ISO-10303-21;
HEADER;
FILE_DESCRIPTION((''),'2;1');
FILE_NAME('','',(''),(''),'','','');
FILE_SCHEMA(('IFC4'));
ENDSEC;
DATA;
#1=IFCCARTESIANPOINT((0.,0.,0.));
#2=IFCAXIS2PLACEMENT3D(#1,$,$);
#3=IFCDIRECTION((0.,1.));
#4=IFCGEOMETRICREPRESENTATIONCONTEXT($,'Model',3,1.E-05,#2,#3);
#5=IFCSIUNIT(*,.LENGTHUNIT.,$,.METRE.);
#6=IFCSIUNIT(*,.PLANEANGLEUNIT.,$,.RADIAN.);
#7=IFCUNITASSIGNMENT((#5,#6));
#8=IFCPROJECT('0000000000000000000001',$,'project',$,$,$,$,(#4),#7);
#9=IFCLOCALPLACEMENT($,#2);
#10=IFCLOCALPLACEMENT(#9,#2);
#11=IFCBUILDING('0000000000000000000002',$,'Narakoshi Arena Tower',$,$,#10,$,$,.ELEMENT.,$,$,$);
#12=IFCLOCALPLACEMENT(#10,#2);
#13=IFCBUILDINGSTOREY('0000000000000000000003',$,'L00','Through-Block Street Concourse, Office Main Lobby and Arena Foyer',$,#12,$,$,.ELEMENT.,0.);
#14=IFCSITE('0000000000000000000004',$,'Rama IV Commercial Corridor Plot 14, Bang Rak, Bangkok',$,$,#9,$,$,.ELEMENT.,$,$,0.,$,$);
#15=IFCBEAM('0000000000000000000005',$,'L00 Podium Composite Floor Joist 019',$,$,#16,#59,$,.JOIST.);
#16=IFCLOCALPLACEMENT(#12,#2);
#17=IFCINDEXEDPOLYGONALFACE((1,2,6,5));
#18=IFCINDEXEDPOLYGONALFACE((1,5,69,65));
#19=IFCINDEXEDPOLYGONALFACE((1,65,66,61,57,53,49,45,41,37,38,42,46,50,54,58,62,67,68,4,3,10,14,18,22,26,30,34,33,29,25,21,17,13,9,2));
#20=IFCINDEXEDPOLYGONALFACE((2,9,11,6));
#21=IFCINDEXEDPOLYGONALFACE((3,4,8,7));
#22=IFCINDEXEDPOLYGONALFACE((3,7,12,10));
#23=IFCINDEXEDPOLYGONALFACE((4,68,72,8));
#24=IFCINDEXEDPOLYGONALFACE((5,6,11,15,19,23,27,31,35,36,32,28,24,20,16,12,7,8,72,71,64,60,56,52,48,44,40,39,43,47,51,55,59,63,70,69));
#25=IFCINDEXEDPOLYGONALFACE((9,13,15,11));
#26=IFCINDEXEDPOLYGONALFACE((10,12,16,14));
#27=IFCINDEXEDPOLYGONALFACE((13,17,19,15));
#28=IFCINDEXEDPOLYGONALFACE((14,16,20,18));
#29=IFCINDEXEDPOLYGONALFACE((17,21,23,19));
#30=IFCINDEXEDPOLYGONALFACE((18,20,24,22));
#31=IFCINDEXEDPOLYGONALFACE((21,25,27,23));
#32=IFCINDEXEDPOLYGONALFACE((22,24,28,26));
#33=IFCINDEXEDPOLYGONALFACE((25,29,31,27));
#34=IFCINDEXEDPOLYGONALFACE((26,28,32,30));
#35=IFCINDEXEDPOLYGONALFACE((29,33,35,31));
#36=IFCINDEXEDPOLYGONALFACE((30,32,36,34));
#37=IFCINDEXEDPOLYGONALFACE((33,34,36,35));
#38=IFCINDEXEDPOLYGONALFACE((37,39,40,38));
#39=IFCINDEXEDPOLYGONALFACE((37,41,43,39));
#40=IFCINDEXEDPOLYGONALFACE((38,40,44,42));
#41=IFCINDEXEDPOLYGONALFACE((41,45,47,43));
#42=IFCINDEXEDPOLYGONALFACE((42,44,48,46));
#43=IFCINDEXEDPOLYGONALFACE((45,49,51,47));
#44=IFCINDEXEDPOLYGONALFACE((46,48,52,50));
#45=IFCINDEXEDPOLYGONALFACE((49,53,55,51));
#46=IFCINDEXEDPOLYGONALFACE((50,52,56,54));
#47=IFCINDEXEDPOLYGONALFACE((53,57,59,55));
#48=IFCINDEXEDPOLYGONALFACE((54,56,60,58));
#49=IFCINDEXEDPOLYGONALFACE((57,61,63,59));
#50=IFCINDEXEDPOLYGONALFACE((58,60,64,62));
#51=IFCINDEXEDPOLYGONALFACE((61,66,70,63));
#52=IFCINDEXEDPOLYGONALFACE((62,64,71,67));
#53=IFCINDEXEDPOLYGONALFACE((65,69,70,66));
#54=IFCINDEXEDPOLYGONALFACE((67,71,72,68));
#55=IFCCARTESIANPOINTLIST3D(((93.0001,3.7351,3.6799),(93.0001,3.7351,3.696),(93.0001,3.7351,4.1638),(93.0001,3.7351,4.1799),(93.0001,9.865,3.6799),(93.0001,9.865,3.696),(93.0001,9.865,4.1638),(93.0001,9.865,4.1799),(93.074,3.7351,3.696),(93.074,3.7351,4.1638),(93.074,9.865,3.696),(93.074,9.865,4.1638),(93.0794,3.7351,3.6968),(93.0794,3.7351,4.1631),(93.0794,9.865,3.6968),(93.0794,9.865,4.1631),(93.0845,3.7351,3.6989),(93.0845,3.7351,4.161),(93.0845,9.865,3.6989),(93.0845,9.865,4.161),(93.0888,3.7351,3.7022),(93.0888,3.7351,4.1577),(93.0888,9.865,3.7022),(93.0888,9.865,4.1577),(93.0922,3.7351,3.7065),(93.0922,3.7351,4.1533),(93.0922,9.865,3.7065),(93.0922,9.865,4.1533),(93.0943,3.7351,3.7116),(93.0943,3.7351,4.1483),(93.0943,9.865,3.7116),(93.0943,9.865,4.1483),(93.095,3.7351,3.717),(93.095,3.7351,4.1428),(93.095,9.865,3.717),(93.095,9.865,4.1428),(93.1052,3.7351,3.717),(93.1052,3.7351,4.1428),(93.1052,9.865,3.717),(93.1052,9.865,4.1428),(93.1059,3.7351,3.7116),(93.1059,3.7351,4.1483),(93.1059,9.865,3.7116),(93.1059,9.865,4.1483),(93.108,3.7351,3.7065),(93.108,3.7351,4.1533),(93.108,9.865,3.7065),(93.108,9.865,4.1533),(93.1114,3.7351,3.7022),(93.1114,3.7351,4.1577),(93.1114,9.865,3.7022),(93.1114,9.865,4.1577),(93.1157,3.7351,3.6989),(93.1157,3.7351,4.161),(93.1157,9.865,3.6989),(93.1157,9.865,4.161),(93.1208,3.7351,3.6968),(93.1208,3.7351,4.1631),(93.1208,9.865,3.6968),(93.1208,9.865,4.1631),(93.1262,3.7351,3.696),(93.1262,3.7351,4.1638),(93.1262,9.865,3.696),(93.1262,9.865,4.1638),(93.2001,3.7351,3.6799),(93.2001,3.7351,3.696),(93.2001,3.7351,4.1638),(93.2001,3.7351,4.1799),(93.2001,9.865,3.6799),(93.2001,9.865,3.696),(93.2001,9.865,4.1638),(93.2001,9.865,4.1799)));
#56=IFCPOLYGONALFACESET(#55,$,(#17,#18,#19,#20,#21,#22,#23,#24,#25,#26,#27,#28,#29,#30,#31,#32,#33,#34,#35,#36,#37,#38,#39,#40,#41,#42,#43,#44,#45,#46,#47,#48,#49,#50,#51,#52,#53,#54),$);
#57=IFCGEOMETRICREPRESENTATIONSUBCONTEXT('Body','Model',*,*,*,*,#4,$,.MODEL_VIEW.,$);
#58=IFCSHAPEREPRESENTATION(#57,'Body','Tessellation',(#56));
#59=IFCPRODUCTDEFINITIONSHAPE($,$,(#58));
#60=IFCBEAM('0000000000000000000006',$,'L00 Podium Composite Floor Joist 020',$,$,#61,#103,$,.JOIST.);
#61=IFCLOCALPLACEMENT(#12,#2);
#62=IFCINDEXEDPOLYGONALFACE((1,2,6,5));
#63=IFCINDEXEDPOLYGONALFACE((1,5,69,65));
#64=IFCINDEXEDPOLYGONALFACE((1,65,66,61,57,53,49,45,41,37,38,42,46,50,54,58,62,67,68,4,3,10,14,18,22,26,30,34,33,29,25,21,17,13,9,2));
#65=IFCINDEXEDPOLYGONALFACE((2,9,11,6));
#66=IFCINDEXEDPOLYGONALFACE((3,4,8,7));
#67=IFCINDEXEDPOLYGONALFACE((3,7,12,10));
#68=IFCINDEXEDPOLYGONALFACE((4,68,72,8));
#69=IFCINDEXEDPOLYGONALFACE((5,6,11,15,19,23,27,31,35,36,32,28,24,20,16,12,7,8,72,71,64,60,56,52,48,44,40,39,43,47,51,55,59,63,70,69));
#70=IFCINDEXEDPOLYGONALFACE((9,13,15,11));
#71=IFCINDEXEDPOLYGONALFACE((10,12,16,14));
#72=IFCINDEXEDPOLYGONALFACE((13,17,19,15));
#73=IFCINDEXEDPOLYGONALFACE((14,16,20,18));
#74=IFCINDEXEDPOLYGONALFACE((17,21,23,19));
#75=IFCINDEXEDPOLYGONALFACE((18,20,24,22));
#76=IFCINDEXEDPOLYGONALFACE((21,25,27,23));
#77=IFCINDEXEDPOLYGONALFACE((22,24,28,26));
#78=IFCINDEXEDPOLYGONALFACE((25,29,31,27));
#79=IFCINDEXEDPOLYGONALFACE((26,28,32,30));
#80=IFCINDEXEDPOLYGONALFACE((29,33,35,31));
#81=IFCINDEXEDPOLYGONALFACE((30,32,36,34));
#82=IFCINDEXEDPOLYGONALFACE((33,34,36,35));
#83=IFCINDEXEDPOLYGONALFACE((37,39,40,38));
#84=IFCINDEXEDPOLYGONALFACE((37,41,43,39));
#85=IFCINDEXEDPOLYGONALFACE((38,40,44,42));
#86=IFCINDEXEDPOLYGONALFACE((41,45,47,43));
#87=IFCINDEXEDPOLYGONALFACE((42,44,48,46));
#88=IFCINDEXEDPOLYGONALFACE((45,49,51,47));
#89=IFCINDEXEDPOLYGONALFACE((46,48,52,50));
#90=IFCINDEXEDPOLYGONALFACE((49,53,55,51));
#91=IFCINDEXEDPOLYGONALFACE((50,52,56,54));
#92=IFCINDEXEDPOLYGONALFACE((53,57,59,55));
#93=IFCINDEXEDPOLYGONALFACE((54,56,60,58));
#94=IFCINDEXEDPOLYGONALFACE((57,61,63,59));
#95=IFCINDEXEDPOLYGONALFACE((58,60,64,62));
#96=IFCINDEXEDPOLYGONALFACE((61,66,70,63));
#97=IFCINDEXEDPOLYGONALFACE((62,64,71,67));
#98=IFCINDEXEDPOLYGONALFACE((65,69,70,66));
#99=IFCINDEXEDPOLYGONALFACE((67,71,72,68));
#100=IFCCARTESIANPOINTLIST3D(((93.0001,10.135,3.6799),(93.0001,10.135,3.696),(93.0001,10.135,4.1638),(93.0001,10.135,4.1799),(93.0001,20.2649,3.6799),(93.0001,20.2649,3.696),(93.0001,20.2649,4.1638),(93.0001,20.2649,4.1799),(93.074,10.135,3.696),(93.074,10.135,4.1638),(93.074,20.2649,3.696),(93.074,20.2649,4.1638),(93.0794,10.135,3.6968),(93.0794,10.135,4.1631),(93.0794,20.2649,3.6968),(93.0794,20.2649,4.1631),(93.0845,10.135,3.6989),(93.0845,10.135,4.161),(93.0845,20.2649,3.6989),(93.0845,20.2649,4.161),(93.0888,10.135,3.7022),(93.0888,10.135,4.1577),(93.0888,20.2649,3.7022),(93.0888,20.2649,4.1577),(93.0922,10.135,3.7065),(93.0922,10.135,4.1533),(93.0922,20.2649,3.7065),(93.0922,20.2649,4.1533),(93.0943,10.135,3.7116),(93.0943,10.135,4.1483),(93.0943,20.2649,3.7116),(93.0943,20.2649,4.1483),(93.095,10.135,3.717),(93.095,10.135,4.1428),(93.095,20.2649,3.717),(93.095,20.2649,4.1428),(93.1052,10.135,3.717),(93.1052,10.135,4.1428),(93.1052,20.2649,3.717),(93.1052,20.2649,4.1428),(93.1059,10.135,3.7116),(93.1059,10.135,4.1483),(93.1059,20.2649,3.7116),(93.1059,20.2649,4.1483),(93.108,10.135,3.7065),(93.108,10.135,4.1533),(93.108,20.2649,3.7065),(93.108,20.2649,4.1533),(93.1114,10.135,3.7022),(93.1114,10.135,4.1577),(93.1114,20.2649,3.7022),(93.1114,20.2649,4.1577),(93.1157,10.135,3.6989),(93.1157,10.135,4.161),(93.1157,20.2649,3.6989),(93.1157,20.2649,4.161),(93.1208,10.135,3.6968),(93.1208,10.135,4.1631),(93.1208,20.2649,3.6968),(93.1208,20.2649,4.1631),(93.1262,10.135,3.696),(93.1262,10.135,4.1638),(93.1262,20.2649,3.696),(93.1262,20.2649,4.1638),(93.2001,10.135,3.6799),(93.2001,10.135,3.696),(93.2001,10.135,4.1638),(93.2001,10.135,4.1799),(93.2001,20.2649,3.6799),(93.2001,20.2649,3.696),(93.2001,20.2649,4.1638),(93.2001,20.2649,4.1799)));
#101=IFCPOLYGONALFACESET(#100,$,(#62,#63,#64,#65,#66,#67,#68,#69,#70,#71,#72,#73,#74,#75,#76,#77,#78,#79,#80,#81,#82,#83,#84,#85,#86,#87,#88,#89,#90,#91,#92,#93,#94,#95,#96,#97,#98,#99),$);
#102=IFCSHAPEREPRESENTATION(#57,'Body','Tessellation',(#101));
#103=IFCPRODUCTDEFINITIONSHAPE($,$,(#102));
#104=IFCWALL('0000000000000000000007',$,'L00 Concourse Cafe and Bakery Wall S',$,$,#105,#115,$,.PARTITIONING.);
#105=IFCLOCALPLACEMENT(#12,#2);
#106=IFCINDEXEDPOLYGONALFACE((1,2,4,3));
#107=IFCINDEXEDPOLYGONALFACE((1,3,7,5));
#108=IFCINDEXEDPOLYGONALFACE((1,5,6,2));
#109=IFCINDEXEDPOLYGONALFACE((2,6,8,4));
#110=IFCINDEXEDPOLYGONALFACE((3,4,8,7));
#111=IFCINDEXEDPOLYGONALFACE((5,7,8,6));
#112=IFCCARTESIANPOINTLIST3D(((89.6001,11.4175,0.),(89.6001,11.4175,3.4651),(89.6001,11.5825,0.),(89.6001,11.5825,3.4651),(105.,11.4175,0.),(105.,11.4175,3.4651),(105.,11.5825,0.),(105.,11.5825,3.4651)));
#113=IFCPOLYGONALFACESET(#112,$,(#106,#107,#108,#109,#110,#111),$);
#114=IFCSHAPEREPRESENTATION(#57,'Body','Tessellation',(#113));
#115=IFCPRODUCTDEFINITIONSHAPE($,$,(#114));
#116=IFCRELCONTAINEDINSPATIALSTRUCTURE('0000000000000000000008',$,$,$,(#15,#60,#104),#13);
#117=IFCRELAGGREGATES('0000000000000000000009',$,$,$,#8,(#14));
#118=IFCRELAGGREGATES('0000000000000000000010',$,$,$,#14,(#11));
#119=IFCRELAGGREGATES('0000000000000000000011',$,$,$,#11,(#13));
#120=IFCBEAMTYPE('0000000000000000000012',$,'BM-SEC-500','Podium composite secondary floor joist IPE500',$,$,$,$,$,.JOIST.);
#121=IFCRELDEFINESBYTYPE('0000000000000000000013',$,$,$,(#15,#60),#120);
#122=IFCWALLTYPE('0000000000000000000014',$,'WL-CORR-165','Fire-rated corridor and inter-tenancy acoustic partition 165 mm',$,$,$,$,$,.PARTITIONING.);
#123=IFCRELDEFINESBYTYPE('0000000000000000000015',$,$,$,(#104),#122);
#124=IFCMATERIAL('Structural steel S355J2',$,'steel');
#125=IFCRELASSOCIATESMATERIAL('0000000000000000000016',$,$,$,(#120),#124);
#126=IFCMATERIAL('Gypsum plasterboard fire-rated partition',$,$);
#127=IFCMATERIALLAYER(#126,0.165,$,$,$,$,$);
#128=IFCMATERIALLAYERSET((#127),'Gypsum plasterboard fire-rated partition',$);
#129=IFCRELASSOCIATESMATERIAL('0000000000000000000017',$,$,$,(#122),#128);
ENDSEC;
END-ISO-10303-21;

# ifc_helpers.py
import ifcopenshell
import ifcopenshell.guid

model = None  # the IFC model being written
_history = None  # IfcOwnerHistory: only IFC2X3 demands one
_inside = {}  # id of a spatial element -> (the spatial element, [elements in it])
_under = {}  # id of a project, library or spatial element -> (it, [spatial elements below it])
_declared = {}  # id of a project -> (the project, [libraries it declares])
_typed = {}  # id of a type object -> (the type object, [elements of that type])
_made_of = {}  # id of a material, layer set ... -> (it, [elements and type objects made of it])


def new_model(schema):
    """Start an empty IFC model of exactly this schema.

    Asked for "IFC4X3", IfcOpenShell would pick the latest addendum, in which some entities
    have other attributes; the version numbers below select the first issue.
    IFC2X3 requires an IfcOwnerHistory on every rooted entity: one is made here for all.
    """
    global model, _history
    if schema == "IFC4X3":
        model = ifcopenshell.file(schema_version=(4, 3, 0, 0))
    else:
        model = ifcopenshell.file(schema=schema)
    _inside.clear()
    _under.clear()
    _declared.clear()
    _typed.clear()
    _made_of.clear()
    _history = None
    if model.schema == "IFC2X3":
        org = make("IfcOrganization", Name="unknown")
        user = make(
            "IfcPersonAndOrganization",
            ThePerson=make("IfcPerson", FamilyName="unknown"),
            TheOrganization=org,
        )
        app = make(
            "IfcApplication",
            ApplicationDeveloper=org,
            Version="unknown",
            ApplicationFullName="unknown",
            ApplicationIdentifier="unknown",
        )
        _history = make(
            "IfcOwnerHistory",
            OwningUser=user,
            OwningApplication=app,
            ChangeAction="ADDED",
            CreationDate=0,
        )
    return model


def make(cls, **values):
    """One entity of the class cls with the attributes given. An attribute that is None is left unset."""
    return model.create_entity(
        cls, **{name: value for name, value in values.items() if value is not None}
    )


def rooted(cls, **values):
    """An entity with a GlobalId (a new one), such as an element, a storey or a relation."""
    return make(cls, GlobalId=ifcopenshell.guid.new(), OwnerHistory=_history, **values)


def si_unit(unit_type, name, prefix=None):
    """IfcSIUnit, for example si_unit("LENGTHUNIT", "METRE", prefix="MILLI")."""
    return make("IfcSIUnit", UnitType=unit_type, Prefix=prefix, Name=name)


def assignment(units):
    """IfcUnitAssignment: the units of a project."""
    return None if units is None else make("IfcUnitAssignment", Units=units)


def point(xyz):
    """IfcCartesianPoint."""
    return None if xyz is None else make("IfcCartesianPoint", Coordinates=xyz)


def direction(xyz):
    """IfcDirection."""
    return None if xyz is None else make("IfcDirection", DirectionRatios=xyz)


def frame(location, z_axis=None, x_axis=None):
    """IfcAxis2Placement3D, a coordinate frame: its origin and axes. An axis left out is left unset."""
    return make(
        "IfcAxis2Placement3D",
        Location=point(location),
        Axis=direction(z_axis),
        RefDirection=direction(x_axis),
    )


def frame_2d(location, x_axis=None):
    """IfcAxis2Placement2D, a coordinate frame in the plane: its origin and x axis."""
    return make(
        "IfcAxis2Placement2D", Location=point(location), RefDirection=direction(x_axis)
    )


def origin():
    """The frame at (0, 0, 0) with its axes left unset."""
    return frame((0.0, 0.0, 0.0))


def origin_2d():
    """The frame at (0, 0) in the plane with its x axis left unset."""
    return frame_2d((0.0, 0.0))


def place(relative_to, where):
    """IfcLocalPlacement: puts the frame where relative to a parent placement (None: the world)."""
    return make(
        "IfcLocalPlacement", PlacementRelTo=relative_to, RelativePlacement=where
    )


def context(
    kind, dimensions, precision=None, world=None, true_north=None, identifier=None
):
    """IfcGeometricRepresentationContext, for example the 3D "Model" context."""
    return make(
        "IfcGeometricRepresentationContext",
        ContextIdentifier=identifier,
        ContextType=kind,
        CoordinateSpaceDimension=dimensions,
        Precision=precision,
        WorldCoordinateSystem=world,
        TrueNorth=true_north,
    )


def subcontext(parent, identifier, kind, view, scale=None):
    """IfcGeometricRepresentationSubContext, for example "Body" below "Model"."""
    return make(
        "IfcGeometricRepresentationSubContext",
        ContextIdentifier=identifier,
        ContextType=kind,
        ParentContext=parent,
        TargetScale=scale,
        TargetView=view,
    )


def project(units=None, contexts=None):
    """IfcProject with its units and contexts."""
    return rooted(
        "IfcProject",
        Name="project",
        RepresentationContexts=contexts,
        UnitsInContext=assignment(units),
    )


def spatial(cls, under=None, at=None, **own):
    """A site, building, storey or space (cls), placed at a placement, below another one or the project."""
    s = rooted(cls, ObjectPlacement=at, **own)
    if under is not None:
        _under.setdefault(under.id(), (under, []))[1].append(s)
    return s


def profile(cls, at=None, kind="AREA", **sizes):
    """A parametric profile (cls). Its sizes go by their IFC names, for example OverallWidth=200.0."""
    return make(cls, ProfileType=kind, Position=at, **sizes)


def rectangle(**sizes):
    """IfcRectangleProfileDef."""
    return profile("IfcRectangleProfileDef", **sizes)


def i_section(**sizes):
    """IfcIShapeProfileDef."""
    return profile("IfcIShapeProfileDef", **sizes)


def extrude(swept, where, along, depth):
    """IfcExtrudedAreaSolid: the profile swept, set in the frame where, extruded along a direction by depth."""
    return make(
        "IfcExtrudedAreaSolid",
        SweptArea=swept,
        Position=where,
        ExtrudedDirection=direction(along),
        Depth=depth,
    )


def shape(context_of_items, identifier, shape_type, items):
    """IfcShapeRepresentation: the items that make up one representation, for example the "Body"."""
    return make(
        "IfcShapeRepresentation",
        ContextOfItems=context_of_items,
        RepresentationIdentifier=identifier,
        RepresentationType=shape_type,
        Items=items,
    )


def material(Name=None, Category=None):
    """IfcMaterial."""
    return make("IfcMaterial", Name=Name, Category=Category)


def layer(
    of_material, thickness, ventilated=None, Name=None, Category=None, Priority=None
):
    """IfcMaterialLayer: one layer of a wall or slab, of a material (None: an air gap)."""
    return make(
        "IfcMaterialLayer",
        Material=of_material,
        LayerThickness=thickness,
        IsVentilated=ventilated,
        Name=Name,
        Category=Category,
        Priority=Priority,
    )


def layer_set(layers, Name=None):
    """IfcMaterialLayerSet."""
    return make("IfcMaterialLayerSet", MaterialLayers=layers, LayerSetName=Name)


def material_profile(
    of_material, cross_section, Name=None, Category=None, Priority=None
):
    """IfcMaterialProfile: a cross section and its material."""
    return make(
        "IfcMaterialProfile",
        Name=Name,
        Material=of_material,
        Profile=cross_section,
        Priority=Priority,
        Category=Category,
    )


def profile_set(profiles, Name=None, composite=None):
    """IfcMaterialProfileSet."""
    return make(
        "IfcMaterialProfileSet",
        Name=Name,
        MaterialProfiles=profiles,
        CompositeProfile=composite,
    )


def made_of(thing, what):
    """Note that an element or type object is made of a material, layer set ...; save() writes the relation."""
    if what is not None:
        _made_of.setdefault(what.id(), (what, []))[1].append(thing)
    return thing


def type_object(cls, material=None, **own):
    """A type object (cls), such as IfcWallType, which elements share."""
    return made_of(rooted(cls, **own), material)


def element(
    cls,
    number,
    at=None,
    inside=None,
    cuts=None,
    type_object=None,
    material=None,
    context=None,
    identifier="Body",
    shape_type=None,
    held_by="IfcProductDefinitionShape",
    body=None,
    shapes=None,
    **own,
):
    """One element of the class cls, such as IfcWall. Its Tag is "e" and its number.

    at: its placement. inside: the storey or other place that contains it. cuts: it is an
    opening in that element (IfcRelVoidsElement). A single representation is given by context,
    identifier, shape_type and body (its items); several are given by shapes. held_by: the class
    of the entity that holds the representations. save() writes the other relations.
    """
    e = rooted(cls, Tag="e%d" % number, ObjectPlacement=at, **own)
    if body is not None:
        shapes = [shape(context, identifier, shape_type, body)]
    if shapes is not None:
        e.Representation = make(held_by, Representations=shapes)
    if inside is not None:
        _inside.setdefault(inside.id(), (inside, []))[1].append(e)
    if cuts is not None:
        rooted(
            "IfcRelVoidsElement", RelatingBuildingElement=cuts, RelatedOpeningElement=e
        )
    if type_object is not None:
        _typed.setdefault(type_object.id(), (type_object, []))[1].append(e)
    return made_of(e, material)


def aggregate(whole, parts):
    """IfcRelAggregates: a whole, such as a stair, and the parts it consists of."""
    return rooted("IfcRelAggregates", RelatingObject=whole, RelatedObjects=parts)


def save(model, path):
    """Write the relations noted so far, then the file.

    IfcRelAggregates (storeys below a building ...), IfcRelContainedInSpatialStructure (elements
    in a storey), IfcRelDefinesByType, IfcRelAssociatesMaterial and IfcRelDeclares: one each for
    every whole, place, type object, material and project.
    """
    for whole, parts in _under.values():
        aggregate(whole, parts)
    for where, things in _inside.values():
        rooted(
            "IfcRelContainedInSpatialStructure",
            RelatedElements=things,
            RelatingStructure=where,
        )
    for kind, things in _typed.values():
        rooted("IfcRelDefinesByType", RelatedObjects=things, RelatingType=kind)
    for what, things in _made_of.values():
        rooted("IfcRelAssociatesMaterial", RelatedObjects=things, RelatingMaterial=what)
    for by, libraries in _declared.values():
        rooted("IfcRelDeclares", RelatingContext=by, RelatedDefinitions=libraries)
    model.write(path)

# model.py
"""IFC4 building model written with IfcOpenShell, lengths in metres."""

from ifc_helpers import new_model, si_unit, direction, frame, frame_2d, origin, origin_2d, place, context, subcontext, project, spatial, rectangle, i_section, extrude, material, layer, layer_set, material_profile, profile_set, type_object, element, save


model = new_model("IFC4")

# Units and contexts
model_context = context("Model", 3, precision=1e-05, world=origin(), true_north=direction((0.0, 1.0)))
body_context = subcontext(model_context, "Body", "Model", "MODEL_VIEW")
ifc_project = project(units=[si_unit("LENGTHUNIT", "METRE"), si_unit("PLANEANGLEUNIT", "RADIAN")], contexts=[model_context])

# Site, building, storey
site_placement = place(None, origin())
site = spatial("IfcSite", under=ifc_project, at=site_placement, Name="Rama IV Commercial Corridor Plot 14, Bang Rak, Bangkok", CompositionType="ELEMENT", RefElevation=0.0)
building_placement = place(site_placement, origin())
building = spatial("IfcBuilding", under=site, at=building_placement, Name="Narakoshi Arena Tower", CompositionType="ELEMENT")
storey_placement = place(building_placement, origin())
storey = spatial("IfcBuildingStorey", under=building, at=storey_placement, Name="L00", Description="Through-Block Street Concourse, Office Main Lobby and Arena Foyer", CompositionType="ELEMENT", Elevation=0.0)

# Beams
ifc_material_1 = material(Name="Structural steel S355J2", Category="steel")
ifc_material_profile_1 = material_profile(ifc_material_1, i_section(OverallWidth=0.2, OverallDepth=0.5, WebThickness=0.0103, FlangeThickness=0.0161, FilletRadius=0.021, at=origin_2d()), Name="IPE500")
ifc_profile_set_1 = profile_set([ifc_material_profile_1], Name="Structural steel S355J2")
beam_type_1 = type_object("IfcBeamType", Name="BM-SEC-500", Description="Podium composite secondary floor joist IPE500", PredefinedType="JOIST", material=ifc_profile_set_1)
beam_1_placement = place(storey_placement, frame((93.1001, 3.7351, 3.9299), z_axis=(0.0, 1.0, 0.0), x_axis=(-1.0, 0.0, 0.0)))
element("IfcBeam", 1, at=beam_1_placement, inside=storey, type_object=beam_type_1, Name="L00 Podium Composite Floor Joist 019", PredefinedType="JOIST", context=body_context, shape_type="SweptSolid", body=[
    extrude(i_section(OverallWidth=0.2, OverallDepth=0.5, WebThickness=0.0103, FlangeThickness=0.0161, FilletRadius=0.021, at=origin_2d()), origin(), (0.0, 0.0, 1.0), 6.1299),
])
beam_2_placement = place(storey_placement, frame((93.1001, 10.135, 3.9299), z_axis=(0.0, 1.0, 0.0), x_axis=(-1.0, 0.0, 0.0)))
element("IfcBeam", 2, at=beam_2_placement, inside=storey, type_object=beam_type_1, Name="L00 Podium Composite Floor Joist 020", PredefinedType="JOIST", context=body_context, shape_type="SweptSolid", body=[
    extrude(i_section(OverallWidth=0.2, OverallDepth=0.5, WebThickness=0.0103, FlangeThickness=0.0161, FilletRadius=0.021, at=origin_2d()), origin(), (0.0, 0.0, 1.0), 10.1299),
])

# Wall
ifc_material_2 = material(Name="Gypsum plasterboard fire-rated partition")
ifc_layer = layer(ifc_material_2, 0.165)
ifc_layer_set = layer_set([ifc_layer], Name="Gypsum plasterboard fire-rated partition")
wall_type = type_object("IfcWallType", Name="WL-CORR-165", Description="Fire-rated corridor and inter-tenancy acoustic partition 165 mm", PredefinedType="PARTITIONING", material=ifc_layer_set)
wall_placement = place(storey_placement, frame((89.6001, 11.5, 0.0), z_axis=(0.0, 0.0, 1.0), x_axis=(1.0, 0.0, 0.0)))
element("IfcWall", 3, at=wall_placement, inside=storey, type_object=wall_type, Name="L00 Concourse Cafe and Bakery Wall S", PredefinedType="PARTITIONING", context=body_context, shape_type="SweptSolid", body=[
    extrude(rectangle(XDim=15.3999, YDim=0.165, at=frame_2d((7.7, 0.0))), origin(), (0.0, 0.0, 1.0), 3.4651),
])

save(model, "model.ifc")
